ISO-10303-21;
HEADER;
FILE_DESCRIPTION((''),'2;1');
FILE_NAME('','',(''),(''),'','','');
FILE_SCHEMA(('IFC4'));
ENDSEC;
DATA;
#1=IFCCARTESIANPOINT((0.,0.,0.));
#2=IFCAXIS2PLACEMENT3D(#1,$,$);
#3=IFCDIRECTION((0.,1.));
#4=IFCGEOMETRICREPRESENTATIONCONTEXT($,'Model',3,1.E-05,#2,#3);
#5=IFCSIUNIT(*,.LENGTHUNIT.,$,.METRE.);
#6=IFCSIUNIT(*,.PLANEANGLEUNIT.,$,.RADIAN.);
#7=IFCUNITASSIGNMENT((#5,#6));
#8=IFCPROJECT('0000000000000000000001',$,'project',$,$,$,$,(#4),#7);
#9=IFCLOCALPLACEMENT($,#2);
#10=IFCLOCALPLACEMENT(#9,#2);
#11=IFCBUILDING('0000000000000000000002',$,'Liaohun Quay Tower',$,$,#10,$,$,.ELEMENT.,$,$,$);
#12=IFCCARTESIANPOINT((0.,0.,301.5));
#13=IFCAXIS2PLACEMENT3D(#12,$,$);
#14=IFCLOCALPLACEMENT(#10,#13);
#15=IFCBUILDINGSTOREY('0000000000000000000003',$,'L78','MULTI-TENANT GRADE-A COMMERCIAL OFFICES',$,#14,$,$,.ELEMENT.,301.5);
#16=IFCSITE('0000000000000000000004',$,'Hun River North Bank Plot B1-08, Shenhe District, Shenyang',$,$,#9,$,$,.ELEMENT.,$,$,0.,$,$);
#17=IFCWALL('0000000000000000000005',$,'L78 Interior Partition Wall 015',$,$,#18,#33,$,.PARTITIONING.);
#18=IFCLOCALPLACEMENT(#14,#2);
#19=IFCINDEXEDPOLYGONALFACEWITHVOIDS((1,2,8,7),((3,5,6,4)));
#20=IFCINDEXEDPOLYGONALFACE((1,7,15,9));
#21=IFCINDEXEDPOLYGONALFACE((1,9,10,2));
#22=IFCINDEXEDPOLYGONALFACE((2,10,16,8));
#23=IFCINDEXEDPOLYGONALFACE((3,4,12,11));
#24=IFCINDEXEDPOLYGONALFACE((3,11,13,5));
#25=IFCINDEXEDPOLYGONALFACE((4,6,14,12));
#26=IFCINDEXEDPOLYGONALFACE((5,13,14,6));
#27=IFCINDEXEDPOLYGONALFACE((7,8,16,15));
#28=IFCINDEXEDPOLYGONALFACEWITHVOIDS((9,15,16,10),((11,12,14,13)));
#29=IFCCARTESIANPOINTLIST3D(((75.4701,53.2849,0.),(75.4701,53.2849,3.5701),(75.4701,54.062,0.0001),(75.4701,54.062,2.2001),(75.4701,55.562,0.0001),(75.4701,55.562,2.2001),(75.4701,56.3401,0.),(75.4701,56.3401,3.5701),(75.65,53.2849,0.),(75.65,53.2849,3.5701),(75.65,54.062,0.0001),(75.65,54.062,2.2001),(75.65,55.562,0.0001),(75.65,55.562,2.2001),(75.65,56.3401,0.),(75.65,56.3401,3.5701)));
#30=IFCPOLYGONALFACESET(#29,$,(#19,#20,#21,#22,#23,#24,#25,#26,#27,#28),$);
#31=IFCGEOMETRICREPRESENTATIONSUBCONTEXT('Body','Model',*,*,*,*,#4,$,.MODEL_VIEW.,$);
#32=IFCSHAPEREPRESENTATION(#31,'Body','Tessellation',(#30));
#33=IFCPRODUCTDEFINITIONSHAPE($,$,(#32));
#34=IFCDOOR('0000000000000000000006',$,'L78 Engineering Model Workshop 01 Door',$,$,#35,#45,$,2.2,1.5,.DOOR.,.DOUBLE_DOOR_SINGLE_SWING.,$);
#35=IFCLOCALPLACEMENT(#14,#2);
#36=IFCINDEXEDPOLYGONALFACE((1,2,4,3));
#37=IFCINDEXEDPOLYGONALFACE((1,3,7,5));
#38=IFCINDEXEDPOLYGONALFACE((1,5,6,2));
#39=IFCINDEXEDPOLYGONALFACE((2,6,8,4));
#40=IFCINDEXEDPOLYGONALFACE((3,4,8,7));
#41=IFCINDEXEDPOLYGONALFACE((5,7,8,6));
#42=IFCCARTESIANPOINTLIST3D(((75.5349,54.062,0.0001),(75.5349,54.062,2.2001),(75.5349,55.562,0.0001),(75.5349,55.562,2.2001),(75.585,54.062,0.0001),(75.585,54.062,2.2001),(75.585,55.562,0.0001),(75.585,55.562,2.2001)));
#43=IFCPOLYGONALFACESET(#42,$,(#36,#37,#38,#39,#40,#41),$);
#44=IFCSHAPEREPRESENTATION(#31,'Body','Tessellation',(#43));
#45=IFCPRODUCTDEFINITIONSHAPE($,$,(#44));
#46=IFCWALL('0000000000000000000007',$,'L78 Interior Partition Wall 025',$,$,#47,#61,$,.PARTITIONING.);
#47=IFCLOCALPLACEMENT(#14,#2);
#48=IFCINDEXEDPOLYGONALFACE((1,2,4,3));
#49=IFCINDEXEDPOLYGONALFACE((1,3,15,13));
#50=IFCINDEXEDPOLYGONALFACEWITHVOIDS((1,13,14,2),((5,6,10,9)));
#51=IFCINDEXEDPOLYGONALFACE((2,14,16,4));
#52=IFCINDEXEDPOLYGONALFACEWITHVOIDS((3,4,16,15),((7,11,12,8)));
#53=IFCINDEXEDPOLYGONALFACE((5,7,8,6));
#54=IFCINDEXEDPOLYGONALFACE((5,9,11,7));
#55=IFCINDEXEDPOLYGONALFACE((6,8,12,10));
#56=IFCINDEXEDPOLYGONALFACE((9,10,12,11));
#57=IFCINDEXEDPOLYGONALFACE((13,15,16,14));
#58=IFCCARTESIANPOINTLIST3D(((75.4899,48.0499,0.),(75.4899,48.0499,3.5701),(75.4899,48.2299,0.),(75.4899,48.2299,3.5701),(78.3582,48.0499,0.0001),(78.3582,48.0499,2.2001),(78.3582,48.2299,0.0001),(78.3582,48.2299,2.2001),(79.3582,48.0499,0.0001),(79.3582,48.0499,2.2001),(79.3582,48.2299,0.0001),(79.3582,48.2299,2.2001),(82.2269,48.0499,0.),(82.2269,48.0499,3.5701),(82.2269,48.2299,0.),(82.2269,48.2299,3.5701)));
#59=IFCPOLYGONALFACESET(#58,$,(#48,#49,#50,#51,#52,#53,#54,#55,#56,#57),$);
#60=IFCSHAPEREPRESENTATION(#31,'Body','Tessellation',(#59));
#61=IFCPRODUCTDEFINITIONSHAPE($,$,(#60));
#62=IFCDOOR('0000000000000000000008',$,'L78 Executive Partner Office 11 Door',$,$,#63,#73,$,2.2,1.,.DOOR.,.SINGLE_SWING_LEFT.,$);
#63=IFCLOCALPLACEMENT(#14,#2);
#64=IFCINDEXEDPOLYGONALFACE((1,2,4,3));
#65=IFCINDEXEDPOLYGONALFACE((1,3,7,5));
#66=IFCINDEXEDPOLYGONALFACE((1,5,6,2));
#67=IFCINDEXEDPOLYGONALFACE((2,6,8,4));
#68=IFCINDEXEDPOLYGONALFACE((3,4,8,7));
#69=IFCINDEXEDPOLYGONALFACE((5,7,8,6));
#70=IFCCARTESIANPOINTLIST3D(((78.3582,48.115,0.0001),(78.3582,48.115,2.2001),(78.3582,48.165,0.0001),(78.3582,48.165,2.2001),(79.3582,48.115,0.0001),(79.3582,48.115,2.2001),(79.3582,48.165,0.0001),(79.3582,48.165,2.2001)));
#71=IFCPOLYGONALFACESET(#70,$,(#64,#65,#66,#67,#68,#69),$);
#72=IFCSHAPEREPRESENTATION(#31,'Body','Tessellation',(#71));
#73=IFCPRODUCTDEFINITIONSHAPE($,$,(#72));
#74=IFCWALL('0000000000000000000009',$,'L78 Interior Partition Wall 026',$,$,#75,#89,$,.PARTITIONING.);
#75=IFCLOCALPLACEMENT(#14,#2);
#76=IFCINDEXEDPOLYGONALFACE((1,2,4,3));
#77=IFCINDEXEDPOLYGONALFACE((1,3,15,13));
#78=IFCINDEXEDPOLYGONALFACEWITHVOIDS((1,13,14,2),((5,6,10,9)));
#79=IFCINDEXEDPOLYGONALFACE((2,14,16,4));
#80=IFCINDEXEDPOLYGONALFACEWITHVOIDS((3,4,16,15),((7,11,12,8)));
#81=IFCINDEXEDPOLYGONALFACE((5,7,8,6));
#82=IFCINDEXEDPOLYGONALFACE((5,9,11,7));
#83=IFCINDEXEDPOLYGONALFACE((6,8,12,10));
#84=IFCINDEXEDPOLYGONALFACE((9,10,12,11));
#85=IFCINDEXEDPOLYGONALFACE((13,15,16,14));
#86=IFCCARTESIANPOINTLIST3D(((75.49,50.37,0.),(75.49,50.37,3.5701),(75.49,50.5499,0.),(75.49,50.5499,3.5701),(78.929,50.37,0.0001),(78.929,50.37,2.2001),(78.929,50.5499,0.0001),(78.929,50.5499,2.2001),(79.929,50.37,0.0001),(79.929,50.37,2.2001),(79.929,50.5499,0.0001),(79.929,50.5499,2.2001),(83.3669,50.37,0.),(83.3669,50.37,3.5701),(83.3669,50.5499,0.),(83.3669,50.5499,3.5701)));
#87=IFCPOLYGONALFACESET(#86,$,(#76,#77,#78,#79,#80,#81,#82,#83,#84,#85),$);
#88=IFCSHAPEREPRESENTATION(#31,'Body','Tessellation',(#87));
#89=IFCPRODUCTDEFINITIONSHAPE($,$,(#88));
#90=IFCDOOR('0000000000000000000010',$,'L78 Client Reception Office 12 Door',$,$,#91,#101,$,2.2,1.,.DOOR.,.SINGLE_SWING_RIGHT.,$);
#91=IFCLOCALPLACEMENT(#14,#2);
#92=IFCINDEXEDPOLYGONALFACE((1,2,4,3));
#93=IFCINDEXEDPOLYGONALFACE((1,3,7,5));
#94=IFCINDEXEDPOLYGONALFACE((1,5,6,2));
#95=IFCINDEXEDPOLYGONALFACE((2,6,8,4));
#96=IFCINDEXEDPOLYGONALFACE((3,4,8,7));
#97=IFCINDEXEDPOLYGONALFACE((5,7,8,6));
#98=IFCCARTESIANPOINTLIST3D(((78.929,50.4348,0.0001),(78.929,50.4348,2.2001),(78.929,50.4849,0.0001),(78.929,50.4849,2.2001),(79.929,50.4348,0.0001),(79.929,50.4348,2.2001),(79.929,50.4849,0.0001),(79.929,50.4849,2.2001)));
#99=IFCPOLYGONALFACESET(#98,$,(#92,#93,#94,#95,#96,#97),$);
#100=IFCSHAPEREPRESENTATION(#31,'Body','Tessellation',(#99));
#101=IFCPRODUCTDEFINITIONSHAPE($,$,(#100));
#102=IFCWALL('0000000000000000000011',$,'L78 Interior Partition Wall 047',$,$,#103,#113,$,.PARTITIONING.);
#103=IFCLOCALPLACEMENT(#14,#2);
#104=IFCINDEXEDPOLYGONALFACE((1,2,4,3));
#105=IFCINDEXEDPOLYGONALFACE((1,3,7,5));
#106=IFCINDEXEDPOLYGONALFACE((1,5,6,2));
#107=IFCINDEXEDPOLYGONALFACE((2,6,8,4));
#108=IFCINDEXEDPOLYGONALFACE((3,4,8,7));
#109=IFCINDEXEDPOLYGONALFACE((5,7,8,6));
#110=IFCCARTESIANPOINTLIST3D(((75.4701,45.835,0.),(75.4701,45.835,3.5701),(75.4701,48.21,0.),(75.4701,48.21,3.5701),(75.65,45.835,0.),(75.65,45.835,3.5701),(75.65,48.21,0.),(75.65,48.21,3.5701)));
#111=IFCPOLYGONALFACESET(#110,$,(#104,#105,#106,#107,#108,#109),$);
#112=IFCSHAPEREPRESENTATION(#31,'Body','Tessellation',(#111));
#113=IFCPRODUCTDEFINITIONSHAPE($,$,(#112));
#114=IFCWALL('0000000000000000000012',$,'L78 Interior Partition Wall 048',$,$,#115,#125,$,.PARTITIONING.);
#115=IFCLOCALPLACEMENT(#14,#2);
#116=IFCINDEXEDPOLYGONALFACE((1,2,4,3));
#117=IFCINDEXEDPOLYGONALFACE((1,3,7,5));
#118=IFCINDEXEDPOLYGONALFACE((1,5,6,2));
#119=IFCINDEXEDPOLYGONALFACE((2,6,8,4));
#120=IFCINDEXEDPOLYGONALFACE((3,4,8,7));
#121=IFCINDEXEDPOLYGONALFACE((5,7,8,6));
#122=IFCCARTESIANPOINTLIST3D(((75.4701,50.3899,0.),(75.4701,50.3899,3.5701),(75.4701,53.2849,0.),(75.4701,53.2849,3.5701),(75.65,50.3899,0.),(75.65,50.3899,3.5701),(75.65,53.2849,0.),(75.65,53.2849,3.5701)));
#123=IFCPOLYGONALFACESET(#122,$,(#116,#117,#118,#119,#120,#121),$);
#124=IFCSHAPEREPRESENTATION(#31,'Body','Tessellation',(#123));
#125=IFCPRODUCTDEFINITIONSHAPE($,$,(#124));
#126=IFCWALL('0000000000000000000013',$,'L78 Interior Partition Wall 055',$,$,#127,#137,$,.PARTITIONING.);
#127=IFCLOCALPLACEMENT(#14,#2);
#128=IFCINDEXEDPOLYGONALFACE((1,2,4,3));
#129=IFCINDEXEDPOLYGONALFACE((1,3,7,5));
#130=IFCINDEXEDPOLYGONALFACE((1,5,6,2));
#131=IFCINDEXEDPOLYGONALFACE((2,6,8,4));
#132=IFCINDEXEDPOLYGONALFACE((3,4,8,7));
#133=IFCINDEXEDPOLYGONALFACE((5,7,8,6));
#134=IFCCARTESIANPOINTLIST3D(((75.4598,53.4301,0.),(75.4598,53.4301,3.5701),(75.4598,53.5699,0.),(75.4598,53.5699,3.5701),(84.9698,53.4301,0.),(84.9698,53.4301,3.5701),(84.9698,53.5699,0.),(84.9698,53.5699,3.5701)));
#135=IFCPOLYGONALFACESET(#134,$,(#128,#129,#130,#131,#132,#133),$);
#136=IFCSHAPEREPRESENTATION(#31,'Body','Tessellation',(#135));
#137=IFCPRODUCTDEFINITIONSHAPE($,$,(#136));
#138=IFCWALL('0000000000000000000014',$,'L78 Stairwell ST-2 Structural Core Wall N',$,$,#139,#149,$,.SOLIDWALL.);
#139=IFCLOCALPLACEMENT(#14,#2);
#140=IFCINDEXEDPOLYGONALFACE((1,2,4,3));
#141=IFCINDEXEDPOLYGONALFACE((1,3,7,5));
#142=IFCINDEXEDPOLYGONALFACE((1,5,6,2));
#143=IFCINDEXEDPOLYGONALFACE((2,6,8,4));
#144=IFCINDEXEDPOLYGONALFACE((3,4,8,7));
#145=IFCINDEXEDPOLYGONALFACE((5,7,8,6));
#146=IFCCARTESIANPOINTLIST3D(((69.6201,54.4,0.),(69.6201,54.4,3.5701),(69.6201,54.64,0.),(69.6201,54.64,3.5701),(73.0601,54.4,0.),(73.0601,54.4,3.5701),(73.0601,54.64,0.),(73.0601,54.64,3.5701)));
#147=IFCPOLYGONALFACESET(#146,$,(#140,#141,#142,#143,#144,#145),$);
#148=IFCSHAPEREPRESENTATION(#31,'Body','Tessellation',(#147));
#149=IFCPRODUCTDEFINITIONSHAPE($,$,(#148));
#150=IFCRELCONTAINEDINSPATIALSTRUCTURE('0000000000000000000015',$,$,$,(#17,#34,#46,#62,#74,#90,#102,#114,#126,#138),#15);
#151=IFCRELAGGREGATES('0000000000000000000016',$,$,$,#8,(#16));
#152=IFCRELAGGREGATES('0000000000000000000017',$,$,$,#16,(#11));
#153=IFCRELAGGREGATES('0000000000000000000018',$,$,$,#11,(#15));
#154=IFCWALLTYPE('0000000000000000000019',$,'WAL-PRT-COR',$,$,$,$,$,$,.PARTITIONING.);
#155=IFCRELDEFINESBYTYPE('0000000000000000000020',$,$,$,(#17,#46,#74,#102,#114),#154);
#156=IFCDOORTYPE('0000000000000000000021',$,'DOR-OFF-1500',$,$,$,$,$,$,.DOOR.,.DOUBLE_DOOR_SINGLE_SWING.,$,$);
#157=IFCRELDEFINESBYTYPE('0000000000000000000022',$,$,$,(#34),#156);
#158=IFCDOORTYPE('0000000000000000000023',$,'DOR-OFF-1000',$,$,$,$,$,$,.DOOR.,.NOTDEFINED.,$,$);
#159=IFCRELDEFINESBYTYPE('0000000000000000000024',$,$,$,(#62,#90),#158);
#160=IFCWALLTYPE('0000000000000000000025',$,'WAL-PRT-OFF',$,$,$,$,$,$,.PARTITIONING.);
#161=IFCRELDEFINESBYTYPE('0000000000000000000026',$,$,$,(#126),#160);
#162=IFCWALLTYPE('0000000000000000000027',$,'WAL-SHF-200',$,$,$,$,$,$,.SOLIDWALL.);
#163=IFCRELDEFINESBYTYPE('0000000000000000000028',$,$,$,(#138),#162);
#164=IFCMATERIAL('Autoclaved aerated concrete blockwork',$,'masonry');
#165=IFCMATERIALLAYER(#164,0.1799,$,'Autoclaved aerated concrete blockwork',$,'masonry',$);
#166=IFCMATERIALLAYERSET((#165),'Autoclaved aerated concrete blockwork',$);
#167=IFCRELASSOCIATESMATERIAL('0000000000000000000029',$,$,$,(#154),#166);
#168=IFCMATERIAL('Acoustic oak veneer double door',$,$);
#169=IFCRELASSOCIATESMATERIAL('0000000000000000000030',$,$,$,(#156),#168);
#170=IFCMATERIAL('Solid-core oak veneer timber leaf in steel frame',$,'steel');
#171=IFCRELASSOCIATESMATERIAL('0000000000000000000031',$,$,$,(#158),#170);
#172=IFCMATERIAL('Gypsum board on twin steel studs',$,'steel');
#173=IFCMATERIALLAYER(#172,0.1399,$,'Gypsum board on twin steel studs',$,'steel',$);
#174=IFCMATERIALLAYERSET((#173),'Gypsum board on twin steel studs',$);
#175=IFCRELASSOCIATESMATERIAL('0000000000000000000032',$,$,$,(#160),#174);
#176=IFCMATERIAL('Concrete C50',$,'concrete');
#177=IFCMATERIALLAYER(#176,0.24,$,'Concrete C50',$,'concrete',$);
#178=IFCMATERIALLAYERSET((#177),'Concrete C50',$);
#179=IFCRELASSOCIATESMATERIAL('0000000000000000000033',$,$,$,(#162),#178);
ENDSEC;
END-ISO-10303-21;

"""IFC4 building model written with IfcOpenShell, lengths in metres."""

from ifc_helpers import new_model, si_unit, direction, frame, frame_2d, origin, place, context, subcontext, project, spatial, rectangle, extrude, source, transform, mapped, material, layer, layer_set, type_object, element, fill, save


model = new_model("IFC4")

# Units and contexts
model_context = context("Model", 3, precision=1e-05, world=origin(), true_north=direction((0.0, 1.0)))
body_context = subcontext(model_context, "Body", "Model", "MODEL_VIEW")
ifc_project = project(units=[si_unit("LENGTHUNIT", "METRE"), si_unit("PLANEANGLEUNIT", "RADIAN")], contexts=[model_context])

# Site, building, storey
site_placement = place(None, origin())
site = spatial("IfcSite", under=ifc_project, at=site_placement, Name="Hun River North Bank Plot B1-08, Shenhe District, Shenyang", CompositionType="ELEMENT", RefElevation=0.0)
building_placement = place(site_placement, origin())
building = spatial("IfcBuilding", under=site, at=building_placement, Name="Liaohun Quay Tower", CompositionType="ELEMENT")
storey_placement = place(building_placement, frame((0.0, 0.0, 301.5)))
storey = spatial("IfcBuildingStorey", under=building, at=storey_placement, Name="L78", Description="MULTI-TENANT GRADE-A COMMERCIAL OFFICES", CompositionType="ELEMENT", Elevation=301.5)

# Walls, openings, doors
ifc_material_1 = material(Name="Autoclaved aerated concrete blockwork", Category="masonry")
ifc_layer_1 = layer(ifc_material_1, 0.1799, Name="Autoclaved aerated concrete blockwork", Category="masonry")
ifc_layer_set_1 = layer_set([ifc_layer_1], Name="Autoclaved aerated concrete blockwork")
wall_type_1 = type_object("IfcWallType", Name="WAL-PRT-COR", PredefinedType="PARTITIONING", material=ifc_layer_set_1)
wall_1_placement = place(storey_placement, frame((75.5601, 56.3401, 0.0), z_axis=(0.0, 0.0, 1.0), x_axis=(0.0, -1.0, 0.0)))
wall_1 = element("IfcWall", 1, at=wall_1_placement, inside=storey, type_object=wall_type_1, Name="L78 Interior Partition Wall 015", PredefinedType="PARTITIONING", context=body_context, shape_type="SweptSolid", body=[
    extrude(rectangle(XDim=3.0552, YDim=0.1799, at=frame_2d((1.5276, 0.0))), origin(), (0.0, 0.0, 1.0), 3.5701),
])
shared_shape_1 = source(origin(), body_context, "Body", "SweptSolid", [
    extrude(rectangle(XDim=1.5, YDim=2.2, at=frame_2d((0.75, 1.1001))), frame((0.0, 0.0999, 0.0), z_axis=(0.0, -1.0, 0.0), x_axis=(1.0, 0.0, 0.0)), (0.0, 0.0, 1.0), 0.2),
])
opening_1_placement = place(wall_1_placement, frame((0.7781, 0.0, 0.0)))
opening_1 = element("IfcOpeningElement", 2, at=opening_1_placement, cuts=wall_1, PredefinedType="OPENING", context=body_context, shape_type="MappedRepresentation", body=[
    mapped(shared_shape_1, transform((0.0, 0.0, 0.0), x_axis=(1.0, 0.0, 0.0), y_axis=(0.0, 1.0, 0.0), z_axis=(0.0, 0.0, 1.0), scale=1.0)),
])
ifc_material_2 = material(Name="Acoustic oak veneer double door")
door_type_1 = type_object("IfcDoorType", Name="DOR-OFF-1500", OperationType="DOUBLE_DOOR_SINGLE_SWING", PredefinedType="DOOR", material=ifc_material_2)
shared_shape_2 = source(origin(), body_context, "Body", "SweptSolid", [
    extrude(rectangle(XDim=1.5, YDim=2.2, at=frame_2d((0.75, 1.1001))), frame((0.0, 0.0249, 0.0), z_axis=(0.0, -1.0, 0.0), x_axis=(1.0, 0.0, 0.0)), (0.0, 0.0, 1.0), 0.05),
])
door_1_placement = place(opening_1_placement, origin())
door_1 = element("IfcDoor", 3, at=door_1_placement, inside=storey, type_object=door_type_1, Name="L78 Engineering Model Workshop 01 Door", OperationType="DOUBLE_DOOR_SINGLE_SWING", OverallHeight=2.2, OverallWidth=1.5, PredefinedType="DOOR", context=body_context, shape_type="MappedRepresentation", body=[
    mapped(shared_shape_2, transform((0.0, 0.0, 0.0), x_axis=(1.0, 0.0, 0.0), y_axis=(0.0, 1.0, 0.0), z_axis=(0.0, 0.0, 1.0), scale=1.0)),
])
fill(opening_1, door_1)
wall_2_placement = place(storey_placement, frame((82.2271, 48.1399, 0.0), z_axis=(0.0, 0.0, 1.0), x_axis=(-1.0, 0.0, 0.0)))
wall_2 = element("IfcWall", 4, at=wall_2_placement, inside=storey, type_object=wall_type_1, Name="L78 Interior Partition Wall 025", PredefinedType="PARTITIONING", context=body_context, shape_type="SweptSolid", body=[
    extrude(rectangle(XDim=6.7371, YDim=0.1799, at=frame_2d((3.3687, 0.0))), origin(), (0.0, 0.0, 1.0), 3.5701),
])
shared_shape_3 = source(origin(), body_context, "Body", "SweptSolid", [
    extrude(rectangle(XDim=1.0, YDim=2.2, at=frame_2d((0.5, 1.1001))), frame((0.0, 0.0999, 0.0), z_axis=(0.0, -1.0, 0.0), x_axis=(1.0, 0.0, 0.0)), (0.0, 0.0, 1.0), 0.2),
])
opening_2_placement = place(wall_2_placement, frame((2.8689, 0.0, 0.0)))
opening_2 = element("IfcOpeningElement", 5, at=opening_2_placement, cuts=wall_2, PredefinedType="OPENING", context=body_context, shape_type="MappedRepresentation", body=[
    mapped(shared_shape_3, transform((0.0, 0.0, 0.0), x_axis=(1.0, 0.0, 0.0), y_axis=(0.0, 1.0, 0.0), z_axis=(0.0, 0.0, 1.0), scale=1.0)),
])
ifc_material_3 = material(Name="Solid-core oak veneer timber leaf in steel frame", Category="steel")
door_type_2 = type_object("IfcDoorType", Name="DOR-OFF-1000", OperationType="NOTDEFINED", PredefinedType="DOOR", material=ifc_material_3)
shared_shape_4 = source(origin(), body_context, "Body", "SweptSolid", [
    extrude(rectangle(XDim=1.0, YDim=2.2, at=frame_2d((0.5, 1.1001))), frame((0.0, 0.0249, 0.0), z_axis=(0.0, -1.0, 0.0), x_axis=(1.0, 0.0, 0.0)), (0.0, 0.0, 1.0), 0.05),
])
door_2_placement = place(opening_2_placement, origin())
door_2 = element("IfcDoor", 6, at=door_2_placement, inside=storey, type_object=door_type_2, Name="L78 Executive Partner Office 11 Door", OperationType="SINGLE_SWING_LEFT", OverallHeight=2.2, OverallWidth=1.0, PredefinedType="DOOR", context=body_context, shape_type="MappedRepresentation", body=[
    mapped(shared_shape_4, transform((0.0, 0.0, 0.0), x_axis=(1.0, 0.0, 0.0), y_axis=(0.0, 1.0, 0.0), z_axis=(0.0, 0.0, 1.0), scale=1.0)),
])
fill(opening_2, door_2)
wall_3_placement = place(storey_placement, frame((75.49, 50.46, 0.0), z_axis=(0.0, 0.0, 1.0), x_axis=(1.0, 0.0, 0.0)))
wall_3 = element("IfcWall", 7, at=wall_3_placement, inside=storey, type_object=wall_type_1, Name="L78 Interior Partition Wall 026", PredefinedType="PARTITIONING", context=body_context, shape_type="SweptSolid", body=[
    extrude(rectangle(XDim=7.877, YDim=0.1799, at=frame_2d((3.9385, 0.0))), origin(), (0.0, 0.0, 1.0), 3.5701),
])
opening_3_placement = place(wall_3_placement, frame((3.439, 0.0, 0.0)))
opening_3 = element("IfcOpeningElement", 8, at=opening_3_placement, cuts=wall_3, PredefinedType="OPENING", context=body_context, shape_type="MappedRepresentation", body=[
    mapped(shared_shape_3, transform((0.0, 0.0, 0.0), x_axis=(1.0, 0.0, 0.0), y_axis=(0.0, 1.0, 0.0), z_axis=(0.0, 0.0, 1.0), scale=1.0)),
])
door_3_placement = place(opening_3_placement, origin())
door_3 = element("IfcDoor", 9, at=door_3_placement, inside=storey, type_object=door_type_2, Name="L78 Client Reception Office 12 Door", OperationType="SINGLE_SWING_RIGHT", OverallHeight=2.2, OverallWidth=1.0, PredefinedType="DOOR", context=body_context, shape_type="MappedRepresentation", body=[
    mapped(shared_shape_4, transform((0.0, 0.0, 0.0), x_axis=(1.0, 0.0, 0.0), y_axis=(0.0, 1.0, 0.0), z_axis=(0.0, 0.0, 1.0), scale=1.0)),
])
fill(opening_3, door_3)

# Walls
wall_4_placement = place(storey_placement, frame((75.5601, 48.21, 0.0), z_axis=(0.0, 0.0, 1.0), x_axis=(0.0, -1.0, 0.0)))
element("IfcWall", 10, at=wall_4_placement, inside=storey, type_object=wall_type_1, Name="L78 Interior Partition Wall 047", PredefinedType="PARTITIONING", context=body_context, shape_type="SweptSolid", body=[
    extrude(rectangle(XDim=2.375, YDim=0.1799, at=frame_2d((1.1875, 0.0))), origin(), (0.0, 0.0, 1.0), 3.5701),
])
wall_5_placement = place(storey_placement, frame((75.5601, 53.2849, 0.0), z_axis=(0.0, 0.0, 1.0), x_axis=(0.0, -1.0, 0.0)))
element("IfcWall", 11, at=wall_5_placement, inside=storey, type_object=wall_type_1, Name="L78 Interior Partition Wall 048", PredefinedType="PARTITIONING", context=body_context, shape_type="SweptSolid", body=[
    extrude(rectangle(XDim=2.895, YDim=0.1799, at=frame_2d((1.4475, 0.0))), origin(), (0.0, 0.0, 1.0), 3.5701),
])
ifc_material_4 = material(Name="Gypsum board on twin steel studs", Category="steel")
ifc_layer_2 = layer(ifc_material_4, 0.1399, Name="Gypsum board on twin steel studs", Category="steel")
ifc_layer_set_2 = layer_set([ifc_layer_2], Name="Gypsum board on twin steel studs")
wall_type_2 = type_object("IfcWallType", Name="WAL-PRT-OFF", PredefinedType="PARTITIONING", material=ifc_layer_set_2)
wall_6_placement = place(storey_placement, frame((75.46, 53.5, 0.0), z_axis=(0.0, 0.0, 1.0), x_axis=(1.0, 0.0, 0.0)))
element("IfcWall", 12, at=wall_6_placement, inside=storey, type_object=wall_type_2, Name="L78 Interior Partition Wall 055", PredefinedType="PARTITIONING", context=body_context, shape_type="SweptSolid", body=[
    extrude(rectangle(XDim=9.51, YDim=0.1399, at=frame_2d((4.7549, 0.0))), origin(), (0.0, 0.0, 1.0), 3.5701),
])

# Wall
ifc_material_5 = material(Name="Concrete C50", Category="concrete")
ifc_layer_3 = layer(ifc_material_5, 0.24, Name="Concrete C50", Category="concrete")
ifc_layer_set_3 = layer_set([ifc_layer_3], Name="Concrete C50")
wall_type_3 = type_object("IfcWallType", Name="WAL-SHF-200", PredefinedType="SOLIDWALL", material=ifc_layer_set_3)
wall_7_placement = place(storey_placement, frame((73.0601, 54.52, 0.0), z_axis=(0.0, 0.0, 1.0), x_axis=(-1.0, 0.0, 0.0)))
element("IfcWall", 13, at=wall_7_placement, inside=storey, type_object=wall_type_3, Name="L78 Stairwell ST-2 Structural Core Wall N", PredefinedType="SOLIDWALL", context=body_context, shape_type="SweptSolid", body=[
    extrude(rectangle(XDim=3.4399, YDim=0.24, at=frame_2d((1.72, 0.0))), origin(), (0.0, 0.0, 1.0), 3.5701),
])

save(model, "model.ifc")
